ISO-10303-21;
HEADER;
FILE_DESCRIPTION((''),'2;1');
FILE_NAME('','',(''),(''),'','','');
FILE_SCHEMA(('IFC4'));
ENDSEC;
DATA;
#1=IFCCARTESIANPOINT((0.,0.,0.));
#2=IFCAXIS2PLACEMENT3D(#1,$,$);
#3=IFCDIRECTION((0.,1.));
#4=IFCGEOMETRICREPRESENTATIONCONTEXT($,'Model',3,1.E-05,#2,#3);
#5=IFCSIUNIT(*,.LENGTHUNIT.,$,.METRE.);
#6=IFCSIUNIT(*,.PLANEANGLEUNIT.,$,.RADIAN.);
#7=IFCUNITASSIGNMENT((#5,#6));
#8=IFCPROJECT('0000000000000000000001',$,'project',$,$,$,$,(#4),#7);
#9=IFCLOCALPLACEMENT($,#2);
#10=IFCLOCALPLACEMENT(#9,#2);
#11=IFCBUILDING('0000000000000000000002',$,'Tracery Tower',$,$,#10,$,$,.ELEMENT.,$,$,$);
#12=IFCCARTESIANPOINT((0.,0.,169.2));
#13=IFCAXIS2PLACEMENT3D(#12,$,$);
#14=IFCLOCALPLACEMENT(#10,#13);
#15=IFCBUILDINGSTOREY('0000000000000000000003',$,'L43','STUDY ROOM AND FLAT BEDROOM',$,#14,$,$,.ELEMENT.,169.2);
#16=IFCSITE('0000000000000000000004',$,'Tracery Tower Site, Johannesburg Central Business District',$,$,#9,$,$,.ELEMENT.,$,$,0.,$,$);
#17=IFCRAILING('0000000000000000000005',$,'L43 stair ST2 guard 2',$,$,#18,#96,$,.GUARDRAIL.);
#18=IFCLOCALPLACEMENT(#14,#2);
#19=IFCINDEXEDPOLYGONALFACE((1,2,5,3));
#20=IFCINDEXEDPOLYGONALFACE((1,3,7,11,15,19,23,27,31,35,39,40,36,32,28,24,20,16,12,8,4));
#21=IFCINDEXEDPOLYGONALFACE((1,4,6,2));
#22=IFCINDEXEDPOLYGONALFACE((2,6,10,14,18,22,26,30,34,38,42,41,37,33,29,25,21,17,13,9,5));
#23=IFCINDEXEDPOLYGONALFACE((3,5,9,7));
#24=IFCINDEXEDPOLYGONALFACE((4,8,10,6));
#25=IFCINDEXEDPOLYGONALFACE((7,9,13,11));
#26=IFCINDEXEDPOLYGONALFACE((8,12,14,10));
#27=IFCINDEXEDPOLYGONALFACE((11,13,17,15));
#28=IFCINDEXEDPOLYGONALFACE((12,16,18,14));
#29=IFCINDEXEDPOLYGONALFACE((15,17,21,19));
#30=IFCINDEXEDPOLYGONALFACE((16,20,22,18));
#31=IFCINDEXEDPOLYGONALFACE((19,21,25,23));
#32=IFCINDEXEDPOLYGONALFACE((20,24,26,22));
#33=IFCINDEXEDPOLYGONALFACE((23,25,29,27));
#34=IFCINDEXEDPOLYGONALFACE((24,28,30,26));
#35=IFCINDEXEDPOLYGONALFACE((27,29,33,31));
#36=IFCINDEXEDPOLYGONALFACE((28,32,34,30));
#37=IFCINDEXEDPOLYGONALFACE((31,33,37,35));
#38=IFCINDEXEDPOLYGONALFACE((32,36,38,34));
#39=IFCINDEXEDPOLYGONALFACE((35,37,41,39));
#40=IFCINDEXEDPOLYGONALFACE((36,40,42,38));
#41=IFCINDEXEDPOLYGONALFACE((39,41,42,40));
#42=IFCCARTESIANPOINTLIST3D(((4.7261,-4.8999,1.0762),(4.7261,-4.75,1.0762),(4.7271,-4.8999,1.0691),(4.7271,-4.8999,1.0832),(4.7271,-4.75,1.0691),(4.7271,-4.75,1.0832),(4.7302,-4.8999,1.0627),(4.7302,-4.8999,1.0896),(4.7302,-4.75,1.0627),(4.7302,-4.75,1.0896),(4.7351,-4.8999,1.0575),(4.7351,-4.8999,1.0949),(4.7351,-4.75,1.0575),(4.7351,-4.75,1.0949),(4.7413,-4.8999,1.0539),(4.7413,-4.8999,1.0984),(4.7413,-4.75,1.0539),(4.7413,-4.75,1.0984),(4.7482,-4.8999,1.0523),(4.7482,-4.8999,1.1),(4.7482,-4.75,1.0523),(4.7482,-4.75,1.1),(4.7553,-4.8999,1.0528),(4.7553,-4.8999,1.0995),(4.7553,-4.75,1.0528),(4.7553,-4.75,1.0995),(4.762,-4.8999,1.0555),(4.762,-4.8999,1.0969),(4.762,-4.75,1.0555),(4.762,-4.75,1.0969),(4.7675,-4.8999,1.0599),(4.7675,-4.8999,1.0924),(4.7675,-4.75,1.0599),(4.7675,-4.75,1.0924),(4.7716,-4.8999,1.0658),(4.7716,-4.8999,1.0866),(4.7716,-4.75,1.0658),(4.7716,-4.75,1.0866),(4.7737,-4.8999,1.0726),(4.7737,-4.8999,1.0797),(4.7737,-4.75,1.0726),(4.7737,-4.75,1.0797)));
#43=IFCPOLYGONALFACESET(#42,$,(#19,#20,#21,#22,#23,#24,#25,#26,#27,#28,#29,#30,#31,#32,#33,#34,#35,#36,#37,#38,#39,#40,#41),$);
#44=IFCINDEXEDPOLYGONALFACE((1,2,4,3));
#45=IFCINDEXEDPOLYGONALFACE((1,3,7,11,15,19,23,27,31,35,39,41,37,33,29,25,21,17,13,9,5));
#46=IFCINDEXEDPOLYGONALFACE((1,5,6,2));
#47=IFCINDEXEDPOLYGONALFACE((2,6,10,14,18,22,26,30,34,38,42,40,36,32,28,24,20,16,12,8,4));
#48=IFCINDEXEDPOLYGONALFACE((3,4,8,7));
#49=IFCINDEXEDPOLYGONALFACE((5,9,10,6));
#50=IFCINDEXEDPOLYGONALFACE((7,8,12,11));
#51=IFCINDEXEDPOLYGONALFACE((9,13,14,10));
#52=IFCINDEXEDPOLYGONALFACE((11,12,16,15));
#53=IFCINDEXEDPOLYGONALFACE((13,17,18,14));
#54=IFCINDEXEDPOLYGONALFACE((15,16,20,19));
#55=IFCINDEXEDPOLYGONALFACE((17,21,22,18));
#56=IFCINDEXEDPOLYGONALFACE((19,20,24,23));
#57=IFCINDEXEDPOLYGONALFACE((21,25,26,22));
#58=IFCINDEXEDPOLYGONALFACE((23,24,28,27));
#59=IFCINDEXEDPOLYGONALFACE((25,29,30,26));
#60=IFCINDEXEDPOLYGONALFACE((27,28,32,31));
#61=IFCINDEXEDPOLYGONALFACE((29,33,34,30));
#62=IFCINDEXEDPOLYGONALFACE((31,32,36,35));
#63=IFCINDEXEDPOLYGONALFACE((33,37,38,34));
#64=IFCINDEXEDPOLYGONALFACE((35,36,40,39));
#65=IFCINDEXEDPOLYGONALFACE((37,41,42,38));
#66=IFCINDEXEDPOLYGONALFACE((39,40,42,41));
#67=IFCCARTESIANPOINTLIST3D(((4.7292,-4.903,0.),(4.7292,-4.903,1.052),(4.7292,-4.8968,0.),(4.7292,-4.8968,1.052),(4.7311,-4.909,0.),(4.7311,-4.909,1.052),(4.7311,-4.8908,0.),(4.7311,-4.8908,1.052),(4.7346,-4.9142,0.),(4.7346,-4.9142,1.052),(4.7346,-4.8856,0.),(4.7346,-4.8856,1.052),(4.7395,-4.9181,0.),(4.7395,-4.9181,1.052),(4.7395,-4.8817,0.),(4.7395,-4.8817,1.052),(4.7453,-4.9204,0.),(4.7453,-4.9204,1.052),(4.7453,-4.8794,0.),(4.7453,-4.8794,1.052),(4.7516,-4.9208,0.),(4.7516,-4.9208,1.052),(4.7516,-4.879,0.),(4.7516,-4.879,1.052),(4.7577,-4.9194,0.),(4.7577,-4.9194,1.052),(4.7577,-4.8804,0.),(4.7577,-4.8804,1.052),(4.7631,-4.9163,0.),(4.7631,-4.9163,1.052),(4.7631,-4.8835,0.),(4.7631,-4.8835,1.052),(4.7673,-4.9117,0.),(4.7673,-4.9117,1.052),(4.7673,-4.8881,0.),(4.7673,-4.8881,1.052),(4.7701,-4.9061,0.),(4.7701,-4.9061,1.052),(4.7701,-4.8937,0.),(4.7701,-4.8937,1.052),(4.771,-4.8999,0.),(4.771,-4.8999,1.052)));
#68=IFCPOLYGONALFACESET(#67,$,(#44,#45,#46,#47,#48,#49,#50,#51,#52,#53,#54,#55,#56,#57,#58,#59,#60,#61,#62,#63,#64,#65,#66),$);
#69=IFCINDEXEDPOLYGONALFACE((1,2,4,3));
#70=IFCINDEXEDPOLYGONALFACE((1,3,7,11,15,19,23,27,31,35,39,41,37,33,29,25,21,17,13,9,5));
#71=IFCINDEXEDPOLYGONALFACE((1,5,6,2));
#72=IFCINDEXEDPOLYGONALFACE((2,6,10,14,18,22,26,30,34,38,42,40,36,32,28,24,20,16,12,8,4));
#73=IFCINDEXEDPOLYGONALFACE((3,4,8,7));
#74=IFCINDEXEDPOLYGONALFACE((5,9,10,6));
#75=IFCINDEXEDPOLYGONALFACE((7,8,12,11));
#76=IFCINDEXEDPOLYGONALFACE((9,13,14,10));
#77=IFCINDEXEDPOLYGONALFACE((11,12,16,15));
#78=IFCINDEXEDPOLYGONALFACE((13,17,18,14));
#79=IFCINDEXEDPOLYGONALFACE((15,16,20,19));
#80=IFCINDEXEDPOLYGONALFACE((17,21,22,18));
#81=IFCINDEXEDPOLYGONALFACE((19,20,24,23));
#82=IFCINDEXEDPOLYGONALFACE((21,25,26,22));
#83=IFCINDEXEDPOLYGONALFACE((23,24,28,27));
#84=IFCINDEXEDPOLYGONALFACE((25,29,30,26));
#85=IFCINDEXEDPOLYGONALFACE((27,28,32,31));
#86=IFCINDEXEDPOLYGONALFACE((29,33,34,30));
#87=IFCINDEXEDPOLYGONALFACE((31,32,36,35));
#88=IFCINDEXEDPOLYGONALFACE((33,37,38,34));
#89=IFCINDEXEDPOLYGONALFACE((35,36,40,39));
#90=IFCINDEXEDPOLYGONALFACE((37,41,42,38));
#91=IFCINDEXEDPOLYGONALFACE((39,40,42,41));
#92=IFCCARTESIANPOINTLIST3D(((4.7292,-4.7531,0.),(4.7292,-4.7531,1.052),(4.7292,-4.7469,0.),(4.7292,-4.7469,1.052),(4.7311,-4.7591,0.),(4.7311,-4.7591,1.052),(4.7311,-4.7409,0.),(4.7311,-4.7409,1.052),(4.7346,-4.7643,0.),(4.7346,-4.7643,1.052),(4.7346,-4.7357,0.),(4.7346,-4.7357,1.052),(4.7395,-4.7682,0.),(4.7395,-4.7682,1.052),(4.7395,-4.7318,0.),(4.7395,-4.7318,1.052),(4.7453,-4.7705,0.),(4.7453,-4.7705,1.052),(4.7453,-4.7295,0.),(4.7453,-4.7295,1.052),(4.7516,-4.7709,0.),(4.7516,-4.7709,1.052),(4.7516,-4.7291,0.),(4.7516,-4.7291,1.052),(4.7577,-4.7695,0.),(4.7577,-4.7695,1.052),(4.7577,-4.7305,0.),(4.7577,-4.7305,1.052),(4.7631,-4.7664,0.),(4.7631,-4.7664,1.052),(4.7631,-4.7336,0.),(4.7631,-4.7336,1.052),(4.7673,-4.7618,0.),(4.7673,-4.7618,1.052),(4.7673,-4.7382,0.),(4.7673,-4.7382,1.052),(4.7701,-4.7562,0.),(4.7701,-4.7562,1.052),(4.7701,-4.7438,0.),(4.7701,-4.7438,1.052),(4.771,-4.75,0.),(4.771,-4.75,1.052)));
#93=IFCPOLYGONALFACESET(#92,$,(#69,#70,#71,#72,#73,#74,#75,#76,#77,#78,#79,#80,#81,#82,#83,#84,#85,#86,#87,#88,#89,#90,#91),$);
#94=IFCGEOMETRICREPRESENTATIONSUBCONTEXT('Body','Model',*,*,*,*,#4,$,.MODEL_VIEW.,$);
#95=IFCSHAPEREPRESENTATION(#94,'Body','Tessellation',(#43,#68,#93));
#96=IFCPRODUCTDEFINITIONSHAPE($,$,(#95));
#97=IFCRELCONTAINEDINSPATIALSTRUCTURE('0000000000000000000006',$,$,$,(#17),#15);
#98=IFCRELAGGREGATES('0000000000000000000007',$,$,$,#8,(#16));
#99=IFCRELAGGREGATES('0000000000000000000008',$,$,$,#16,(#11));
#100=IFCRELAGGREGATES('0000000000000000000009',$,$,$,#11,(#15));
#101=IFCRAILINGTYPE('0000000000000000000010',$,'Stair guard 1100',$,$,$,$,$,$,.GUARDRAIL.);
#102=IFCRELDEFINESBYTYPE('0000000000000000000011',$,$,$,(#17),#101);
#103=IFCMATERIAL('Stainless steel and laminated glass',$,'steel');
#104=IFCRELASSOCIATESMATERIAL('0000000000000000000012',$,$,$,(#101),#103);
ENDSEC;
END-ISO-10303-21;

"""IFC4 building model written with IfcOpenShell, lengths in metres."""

from ifc_helpers import new_model, si_unit, direction, frame, origin, origin_2d, place, context, subcontext, project, spatial, circle, extrude, material, type_object, element, save


model = new_model("IFC4")

# Units and contexts
model_context = context("Model", 3, precision=1e-05, world=origin(), true_north=direction((0.0, 1.0)))
body_context = subcontext(model_context, "Body", "Model", "MODEL_VIEW")
ifc_project = project(units=[si_unit("LENGTHUNIT", "METRE"), si_unit("PLANEANGLEUNIT", "RADIAN")], contexts=[model_context])

# Site, building, storey
site_placement = place(None, origin())
site = spatial("IfcSite", under=ifc_project, at=site_placement, Name="Tracery Tower Site, Johannesburg Central Business District", CompositionType="ELEMENT", RefElevation=0.0)
building_placement = place(site_placement, origin())
building = spatial("IfcBuilding", under=site, at=building_placement, Name="Tracery Tower", CompositionType="ELEMENT")
storey_placement = place(building_placement, frame((0.0, 0.0, 169.2)))
storey = spatial("IfcBuildingStorey", under=building, at=storey_placement, Name="L43", Description="STUDY ROOM AND FLAT BEDROOM", CompositionType="ELEMENT", Elevation=169.2)

# Railing
ifc_material_1 = material(Name="Stainless steel and laminated glass", Category="steel")
railing_type_1 = type_object("IfcRailingType", Name="Stair guard 1100", PredefinedType="GUARDRAIL", material=ifc_material_1)
railing_1_placement = place(storey_placement, frame((4.75, -4.8999, 0.0)))
element("IfcRailing", 1, at=railing_1_placement, inside=storey, type_object=railing_type_1, Name="L43 stair ST2 guard 2", PredefinedType="GUARDRAIL", context=body_context, shape_type="SweptSolid", body=[
    extrude(circle(Radius=0.0239, at=origin_2d()), frame((0.0, 0.0, 1.0762), z_axis=(0.0, 1.0, 0.0), x_axis=(-1.0, 0.0, 0.0)), (0.0, 0.0, 1.0), 0.1499),
    extrude(circle(Radius=0.021, at=origin_2d()), origin(), (0.0, 0.0, 1.0), 1.052),
    extrude(circle(Radius=0.021, at=origin_2d()), frame((0.0, 0.1499, 0.0)), (0.0, 0.0, 1.0), 1.052),
])

save(model, "model.ifc")
